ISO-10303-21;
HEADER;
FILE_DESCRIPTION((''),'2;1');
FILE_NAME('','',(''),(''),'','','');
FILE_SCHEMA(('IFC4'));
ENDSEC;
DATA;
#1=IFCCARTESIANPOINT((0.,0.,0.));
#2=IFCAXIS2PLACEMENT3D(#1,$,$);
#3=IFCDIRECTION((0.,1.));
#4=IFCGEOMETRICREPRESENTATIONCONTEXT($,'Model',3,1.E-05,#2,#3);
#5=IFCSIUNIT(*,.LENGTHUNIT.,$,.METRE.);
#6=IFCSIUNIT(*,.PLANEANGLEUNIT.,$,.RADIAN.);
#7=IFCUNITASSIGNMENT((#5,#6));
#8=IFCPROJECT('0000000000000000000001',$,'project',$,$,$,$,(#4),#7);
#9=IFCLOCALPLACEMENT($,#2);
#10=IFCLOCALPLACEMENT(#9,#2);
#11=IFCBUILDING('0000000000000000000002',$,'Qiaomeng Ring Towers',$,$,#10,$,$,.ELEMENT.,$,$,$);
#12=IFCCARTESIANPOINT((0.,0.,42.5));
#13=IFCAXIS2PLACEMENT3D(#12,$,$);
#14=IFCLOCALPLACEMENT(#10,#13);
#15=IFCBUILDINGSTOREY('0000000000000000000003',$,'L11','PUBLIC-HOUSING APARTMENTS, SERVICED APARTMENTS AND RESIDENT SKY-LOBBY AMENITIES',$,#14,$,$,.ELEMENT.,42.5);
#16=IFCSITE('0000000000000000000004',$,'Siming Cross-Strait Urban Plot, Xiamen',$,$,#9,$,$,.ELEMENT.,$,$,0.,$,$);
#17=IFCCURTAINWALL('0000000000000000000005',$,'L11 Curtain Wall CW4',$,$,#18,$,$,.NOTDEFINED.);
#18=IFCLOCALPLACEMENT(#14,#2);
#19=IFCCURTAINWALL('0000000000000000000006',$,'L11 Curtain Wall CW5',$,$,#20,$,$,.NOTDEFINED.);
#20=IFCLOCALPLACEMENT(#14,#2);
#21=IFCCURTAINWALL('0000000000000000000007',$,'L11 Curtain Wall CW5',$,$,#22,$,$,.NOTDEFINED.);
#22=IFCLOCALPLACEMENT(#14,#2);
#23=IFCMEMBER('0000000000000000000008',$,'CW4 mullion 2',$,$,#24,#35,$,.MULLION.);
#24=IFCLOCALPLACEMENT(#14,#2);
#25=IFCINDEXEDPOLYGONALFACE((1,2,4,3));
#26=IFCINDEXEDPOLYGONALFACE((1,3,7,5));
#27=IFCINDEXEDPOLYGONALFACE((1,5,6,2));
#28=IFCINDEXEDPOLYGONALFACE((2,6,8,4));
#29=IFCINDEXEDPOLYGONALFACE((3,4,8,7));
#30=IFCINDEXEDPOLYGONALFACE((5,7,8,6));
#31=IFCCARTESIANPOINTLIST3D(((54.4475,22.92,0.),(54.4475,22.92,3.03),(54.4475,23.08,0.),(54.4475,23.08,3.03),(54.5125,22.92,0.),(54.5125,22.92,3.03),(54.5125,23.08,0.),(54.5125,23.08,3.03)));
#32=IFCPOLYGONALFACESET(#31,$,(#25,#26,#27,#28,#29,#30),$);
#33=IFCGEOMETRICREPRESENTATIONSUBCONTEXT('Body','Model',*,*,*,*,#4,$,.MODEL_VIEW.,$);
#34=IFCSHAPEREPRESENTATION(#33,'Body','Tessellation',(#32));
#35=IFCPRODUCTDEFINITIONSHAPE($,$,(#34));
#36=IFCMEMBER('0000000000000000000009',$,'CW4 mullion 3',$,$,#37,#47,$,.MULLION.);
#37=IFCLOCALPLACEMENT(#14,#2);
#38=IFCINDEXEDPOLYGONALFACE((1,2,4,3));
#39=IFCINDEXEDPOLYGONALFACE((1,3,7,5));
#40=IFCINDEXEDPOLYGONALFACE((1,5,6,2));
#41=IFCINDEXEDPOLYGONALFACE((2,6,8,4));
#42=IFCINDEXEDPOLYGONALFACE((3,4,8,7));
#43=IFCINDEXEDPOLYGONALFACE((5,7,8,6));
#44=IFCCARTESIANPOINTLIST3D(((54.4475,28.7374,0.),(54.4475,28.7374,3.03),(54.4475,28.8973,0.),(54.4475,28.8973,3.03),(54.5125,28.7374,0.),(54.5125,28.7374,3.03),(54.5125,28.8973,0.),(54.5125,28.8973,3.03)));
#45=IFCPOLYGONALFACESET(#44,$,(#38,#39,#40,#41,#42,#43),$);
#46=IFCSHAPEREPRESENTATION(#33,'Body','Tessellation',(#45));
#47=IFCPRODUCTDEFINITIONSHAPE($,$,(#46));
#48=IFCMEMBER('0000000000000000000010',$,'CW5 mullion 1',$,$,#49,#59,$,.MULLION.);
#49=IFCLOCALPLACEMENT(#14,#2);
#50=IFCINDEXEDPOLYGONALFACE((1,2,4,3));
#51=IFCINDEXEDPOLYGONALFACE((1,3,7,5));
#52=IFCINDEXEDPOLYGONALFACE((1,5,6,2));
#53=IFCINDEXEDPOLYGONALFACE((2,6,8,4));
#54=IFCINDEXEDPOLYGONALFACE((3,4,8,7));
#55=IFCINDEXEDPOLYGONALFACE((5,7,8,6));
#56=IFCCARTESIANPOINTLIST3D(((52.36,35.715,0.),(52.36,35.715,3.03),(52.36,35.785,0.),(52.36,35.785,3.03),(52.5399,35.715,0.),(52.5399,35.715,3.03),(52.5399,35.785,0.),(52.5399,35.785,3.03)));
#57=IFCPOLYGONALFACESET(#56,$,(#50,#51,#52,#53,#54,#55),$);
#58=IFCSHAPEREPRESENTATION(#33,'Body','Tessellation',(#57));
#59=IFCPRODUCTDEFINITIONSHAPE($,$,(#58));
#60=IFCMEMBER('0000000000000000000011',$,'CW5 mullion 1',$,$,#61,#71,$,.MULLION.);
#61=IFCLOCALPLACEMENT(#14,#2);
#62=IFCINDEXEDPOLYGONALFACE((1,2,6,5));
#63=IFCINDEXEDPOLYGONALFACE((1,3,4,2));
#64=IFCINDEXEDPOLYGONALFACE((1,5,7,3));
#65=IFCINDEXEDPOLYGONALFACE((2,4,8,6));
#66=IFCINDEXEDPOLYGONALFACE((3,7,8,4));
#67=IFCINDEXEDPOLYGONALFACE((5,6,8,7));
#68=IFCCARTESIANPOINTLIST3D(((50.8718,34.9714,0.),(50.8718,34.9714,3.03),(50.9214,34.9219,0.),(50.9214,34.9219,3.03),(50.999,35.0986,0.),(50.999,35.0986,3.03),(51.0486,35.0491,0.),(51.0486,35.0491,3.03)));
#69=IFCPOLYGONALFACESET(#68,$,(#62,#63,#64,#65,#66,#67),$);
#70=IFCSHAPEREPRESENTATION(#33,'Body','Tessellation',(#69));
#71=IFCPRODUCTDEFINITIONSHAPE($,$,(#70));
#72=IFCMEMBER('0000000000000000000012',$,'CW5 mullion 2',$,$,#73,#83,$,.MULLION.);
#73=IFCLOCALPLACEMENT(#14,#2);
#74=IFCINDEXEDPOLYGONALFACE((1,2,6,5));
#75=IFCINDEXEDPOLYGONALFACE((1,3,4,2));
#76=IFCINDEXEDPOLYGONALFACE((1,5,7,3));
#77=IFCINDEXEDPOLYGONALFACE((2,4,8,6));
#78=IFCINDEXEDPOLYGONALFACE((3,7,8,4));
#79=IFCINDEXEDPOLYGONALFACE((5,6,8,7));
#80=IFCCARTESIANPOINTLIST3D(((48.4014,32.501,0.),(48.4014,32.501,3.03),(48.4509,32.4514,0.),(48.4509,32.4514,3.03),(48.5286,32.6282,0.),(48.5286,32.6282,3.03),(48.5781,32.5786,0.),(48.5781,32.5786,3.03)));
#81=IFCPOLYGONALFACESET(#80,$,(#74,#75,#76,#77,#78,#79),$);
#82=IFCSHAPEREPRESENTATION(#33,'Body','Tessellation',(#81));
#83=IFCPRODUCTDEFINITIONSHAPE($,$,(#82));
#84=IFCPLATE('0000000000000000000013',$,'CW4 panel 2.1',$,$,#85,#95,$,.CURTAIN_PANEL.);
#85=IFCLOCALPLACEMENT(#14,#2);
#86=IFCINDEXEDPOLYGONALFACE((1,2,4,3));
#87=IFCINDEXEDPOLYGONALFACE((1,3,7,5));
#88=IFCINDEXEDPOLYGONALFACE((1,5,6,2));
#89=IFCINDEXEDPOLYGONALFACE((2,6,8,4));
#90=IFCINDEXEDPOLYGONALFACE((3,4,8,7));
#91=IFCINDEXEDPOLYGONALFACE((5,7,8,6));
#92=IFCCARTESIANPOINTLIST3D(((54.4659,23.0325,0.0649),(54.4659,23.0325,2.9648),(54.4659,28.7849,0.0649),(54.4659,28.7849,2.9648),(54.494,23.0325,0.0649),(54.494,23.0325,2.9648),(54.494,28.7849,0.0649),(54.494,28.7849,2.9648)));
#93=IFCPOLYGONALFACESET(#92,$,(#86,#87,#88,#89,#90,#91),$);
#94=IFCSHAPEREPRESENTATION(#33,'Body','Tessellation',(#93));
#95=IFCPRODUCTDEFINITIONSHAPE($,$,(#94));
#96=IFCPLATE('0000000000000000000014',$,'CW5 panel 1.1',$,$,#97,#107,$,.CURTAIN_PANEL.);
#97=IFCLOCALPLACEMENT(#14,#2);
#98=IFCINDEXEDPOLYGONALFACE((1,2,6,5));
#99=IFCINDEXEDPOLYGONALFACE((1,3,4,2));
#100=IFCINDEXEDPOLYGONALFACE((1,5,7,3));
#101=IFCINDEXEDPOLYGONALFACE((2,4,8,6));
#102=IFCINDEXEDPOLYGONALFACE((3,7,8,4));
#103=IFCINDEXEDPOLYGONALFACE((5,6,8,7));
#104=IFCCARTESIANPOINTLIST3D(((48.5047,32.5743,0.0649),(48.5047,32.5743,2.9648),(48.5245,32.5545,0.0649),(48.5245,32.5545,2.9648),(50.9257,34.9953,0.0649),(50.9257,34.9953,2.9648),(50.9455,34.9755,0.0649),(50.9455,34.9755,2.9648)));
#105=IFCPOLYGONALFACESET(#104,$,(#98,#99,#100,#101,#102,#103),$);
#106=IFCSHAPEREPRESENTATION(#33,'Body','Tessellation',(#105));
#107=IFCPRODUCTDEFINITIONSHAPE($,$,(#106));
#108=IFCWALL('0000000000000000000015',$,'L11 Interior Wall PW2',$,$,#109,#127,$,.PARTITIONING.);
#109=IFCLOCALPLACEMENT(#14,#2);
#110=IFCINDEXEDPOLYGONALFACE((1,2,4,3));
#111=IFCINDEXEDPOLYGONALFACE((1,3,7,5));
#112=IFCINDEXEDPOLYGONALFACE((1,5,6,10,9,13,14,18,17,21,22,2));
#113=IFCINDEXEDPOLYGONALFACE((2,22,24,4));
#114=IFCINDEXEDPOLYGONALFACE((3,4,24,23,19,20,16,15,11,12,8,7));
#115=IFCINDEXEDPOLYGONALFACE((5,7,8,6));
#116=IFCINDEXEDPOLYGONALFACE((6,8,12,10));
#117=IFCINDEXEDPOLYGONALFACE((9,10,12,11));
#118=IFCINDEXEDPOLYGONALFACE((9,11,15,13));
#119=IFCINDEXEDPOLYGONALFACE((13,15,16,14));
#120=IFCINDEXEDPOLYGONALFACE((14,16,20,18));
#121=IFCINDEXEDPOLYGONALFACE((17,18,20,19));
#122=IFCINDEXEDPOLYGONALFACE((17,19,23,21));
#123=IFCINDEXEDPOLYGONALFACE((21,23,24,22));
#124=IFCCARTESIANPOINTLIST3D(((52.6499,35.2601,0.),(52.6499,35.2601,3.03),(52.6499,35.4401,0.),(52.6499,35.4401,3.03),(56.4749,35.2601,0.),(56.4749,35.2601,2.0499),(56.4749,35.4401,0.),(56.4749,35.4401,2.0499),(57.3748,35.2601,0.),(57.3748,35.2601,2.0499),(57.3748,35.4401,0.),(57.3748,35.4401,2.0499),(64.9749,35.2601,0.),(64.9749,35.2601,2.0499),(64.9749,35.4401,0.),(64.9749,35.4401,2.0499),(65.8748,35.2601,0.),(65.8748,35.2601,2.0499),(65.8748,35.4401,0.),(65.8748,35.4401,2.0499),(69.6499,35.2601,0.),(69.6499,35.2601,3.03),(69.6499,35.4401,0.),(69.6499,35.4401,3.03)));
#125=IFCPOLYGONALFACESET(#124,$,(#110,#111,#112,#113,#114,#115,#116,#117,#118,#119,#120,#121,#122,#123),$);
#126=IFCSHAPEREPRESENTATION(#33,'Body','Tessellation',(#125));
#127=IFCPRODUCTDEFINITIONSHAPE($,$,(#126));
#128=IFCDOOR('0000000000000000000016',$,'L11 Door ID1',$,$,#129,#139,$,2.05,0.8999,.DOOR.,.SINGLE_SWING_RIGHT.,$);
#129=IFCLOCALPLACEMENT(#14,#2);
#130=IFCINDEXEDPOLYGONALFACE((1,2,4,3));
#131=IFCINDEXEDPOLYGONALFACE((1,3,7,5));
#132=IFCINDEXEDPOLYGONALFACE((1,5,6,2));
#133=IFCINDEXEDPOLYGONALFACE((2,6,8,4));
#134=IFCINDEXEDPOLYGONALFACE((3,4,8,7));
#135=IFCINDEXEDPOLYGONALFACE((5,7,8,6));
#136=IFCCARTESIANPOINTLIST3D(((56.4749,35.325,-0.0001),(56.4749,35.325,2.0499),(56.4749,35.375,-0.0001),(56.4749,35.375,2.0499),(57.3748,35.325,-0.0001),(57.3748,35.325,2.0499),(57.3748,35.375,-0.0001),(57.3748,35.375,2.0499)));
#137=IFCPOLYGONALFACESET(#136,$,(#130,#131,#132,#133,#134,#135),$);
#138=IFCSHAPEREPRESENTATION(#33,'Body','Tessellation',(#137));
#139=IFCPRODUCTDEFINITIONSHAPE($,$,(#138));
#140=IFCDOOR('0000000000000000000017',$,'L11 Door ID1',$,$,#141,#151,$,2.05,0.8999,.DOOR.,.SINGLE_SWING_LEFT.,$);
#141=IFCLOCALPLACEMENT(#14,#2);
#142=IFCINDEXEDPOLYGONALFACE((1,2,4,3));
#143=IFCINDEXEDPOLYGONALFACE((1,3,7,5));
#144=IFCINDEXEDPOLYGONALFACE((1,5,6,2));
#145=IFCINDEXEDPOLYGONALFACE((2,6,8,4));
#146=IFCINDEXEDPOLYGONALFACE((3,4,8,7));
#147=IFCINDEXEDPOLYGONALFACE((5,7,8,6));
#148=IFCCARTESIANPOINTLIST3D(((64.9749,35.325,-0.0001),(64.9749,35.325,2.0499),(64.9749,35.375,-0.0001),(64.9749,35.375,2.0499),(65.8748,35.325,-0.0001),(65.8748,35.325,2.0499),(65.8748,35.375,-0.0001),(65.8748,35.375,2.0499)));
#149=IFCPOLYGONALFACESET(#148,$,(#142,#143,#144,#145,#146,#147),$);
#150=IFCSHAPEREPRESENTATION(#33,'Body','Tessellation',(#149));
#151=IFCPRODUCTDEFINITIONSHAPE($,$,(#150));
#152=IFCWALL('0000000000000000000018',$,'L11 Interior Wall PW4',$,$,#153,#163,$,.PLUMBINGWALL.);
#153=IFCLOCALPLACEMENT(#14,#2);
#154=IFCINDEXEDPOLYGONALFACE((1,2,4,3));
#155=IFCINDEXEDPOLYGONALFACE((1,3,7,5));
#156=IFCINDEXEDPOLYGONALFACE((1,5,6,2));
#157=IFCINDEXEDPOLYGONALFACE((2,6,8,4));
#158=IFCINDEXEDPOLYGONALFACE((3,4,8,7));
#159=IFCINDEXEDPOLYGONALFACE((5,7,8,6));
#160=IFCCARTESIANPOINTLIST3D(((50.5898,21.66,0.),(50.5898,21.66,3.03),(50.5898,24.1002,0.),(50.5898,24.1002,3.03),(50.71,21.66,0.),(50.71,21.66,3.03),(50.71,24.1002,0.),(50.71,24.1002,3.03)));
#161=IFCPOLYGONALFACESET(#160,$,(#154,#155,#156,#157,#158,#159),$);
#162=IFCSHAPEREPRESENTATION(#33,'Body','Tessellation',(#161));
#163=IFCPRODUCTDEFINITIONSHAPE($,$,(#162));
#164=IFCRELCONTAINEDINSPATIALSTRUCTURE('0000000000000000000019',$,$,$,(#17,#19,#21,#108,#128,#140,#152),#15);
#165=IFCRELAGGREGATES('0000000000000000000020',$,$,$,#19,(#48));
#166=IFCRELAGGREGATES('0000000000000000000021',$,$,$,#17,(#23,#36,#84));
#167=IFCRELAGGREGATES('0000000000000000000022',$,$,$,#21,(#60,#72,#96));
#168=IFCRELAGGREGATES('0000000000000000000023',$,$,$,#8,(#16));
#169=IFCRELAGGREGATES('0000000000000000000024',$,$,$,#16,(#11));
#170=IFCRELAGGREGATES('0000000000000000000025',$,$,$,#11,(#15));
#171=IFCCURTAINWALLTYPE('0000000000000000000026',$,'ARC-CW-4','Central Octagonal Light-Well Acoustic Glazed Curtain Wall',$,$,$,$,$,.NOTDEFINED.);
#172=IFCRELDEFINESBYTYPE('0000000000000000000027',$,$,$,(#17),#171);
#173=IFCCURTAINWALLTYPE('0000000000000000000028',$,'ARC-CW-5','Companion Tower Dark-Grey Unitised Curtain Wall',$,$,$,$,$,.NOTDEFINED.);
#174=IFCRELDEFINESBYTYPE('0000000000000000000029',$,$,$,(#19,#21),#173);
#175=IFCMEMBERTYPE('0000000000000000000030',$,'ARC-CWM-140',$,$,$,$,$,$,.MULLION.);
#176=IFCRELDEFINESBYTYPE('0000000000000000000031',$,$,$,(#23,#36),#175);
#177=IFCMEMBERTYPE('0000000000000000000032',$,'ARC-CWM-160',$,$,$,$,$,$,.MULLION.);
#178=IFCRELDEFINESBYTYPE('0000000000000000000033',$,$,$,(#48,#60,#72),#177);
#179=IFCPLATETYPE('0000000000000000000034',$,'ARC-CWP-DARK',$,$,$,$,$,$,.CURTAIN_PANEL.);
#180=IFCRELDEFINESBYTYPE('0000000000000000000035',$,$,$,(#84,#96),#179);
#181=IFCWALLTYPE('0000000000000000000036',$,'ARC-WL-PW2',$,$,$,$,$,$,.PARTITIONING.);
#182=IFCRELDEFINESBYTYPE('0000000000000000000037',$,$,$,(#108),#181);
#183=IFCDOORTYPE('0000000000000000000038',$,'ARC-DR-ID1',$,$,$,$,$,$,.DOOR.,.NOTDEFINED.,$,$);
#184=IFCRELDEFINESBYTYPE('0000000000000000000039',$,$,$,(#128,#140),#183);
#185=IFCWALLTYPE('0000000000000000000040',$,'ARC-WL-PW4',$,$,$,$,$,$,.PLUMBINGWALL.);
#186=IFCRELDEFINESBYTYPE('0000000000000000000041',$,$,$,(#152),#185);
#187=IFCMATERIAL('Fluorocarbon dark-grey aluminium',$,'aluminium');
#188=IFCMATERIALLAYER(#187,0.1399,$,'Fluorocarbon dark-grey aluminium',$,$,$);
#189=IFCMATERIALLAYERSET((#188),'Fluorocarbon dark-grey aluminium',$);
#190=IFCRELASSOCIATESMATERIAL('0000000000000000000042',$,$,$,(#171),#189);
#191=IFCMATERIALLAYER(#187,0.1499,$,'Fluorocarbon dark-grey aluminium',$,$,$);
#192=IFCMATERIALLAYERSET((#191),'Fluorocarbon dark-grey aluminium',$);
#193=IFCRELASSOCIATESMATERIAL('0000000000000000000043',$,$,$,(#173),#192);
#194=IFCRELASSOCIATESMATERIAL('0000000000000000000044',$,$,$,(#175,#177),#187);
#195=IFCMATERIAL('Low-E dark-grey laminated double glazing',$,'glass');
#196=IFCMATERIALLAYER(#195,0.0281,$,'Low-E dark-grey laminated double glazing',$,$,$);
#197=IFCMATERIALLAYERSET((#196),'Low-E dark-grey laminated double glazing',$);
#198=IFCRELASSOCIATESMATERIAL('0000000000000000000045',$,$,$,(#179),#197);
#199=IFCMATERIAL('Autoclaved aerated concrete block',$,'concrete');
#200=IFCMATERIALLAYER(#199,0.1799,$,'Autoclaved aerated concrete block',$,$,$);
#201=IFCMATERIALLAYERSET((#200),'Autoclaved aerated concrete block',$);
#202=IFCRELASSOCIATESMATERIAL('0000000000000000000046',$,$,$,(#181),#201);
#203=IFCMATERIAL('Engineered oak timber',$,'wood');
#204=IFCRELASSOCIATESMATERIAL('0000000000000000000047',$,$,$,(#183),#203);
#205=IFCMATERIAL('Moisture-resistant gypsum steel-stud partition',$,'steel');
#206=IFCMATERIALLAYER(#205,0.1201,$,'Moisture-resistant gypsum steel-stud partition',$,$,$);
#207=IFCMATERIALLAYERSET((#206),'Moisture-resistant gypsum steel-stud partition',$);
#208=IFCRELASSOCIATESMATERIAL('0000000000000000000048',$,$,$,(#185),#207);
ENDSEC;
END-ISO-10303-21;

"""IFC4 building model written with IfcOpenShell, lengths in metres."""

from ifc_helpers import new_model, si_unit, direction, frame, frame_2d, origin, origin_2d, place, context, subcontext, project, spatial, rectangle, extrude, source, transform, mapped, material, layer, layer_set, material_profile, profile_set, type_object, element, fill, aggregate, save


model = new_model("IFC4")

# Units and contexts
model_context = context("Model", 3, precision=1e-05, world=origin(), true_north=direction((0.0, 1.0)))
body_context = subcontext(model_context, "Body", "Model", "MODEL_VIEW")
ifc_project = project(units=[si_unit("LENGTHUNIT", "METRE"), si_unit("PLANEANGLEUNIT", "RADIAN")], contexts=[model_context])

# Site, building, storey
site_placement = place(None, origin())
site = spatial("IfcSite", under=ifc_project, at=site_placement, Name="Siming Cross-Strait Urban Plot, Xiamen", CompositionType="ELEMENT", RefElevation=0.0)
building_placement = place(site_placement, origin())
building = spatial("IfcBuilding", under=site, at=building_placement, Name="Qiaomeng Ring Towers", CompositionType="ELEMENT")
storey_placement = place(building_placement, frame((0.0, 0.0, 42.5)))
storey = spatial("IfcBuildingStorey", under=building, at=storey_placement, Name="L11", Description="PUBLIC-HOUSING APARTMENTS, SERVICED APARTMENTS AND RESIDENT SKY-LOBBY AMENITIES", CompositionType="ELEMENT", Elevation=42.5)

# Curtain walls
ifc_material_1 = material(Name="Fluorocarbon dark-grey aluminium", Category="aluminium")
ifc_layer_1 = layer(ifc_material_1, 0.1399, Name="Fluorocarbon dark-grey aluminium")
ifc_layer_set_1 = layer_set([ifc_layer_1], Name="Fluorocarbon dark-grey aluminium")
curtain_wall_type_1 = type_object("IfcCurtainWallType", Name="ARC-CW-4", Description="Central Octagonal Light-Well Acoustic Glazed Curtain Wall", PredefinedType="NOTDEFINED", material=ifc_layer_set_1)
curtain_wall_1_placement = place(storey_placement, origin())
curtain_wall_1 = element("IfcCurtainWall", 1, at=curtain_wall_1_placement, inside=storey, type_object=curtain_wall_type_1, Name="L11 Curtain Wall CW4", PredefinedType="NOTDEFINED")
ifc_layer_2 = layer(ifc_material_1, 0.1499, Name="Fluorocarbon dark-grey aluminium")
ifc_layer_set_2 = layer_set([ifc_layer_2], Name="Fluorocarbon dark-grey aluminium")
curtain_wall_type_2 = type_object("IfcCurtainWallType", Name="ARC-CW-5", Description="Companion Tower Dark-Grey Unitised Curtain Wall", PredefinedType="NOTDEFINED", material=ifc_layer_set_2)
curtain_wall_2_placement = place(storey_placement, origin())
curtain_wall_2 = element("IfcCurtainWall", 2, at=curtain_wall_2_placement, inside=storey, type_object=curtain_wall_type_2, Name="L11 Curtain Wall CW5", PredefinedType="NOTDEFINED")
curtain_wall_3_placement = place(storey_placement, origin())
curtain_wall_3 = element("IfcCurtainWall", 3, at=curtain_wall_3_placement, inside=storey, type_object=curtain_wall_type_2, Name="L11 Curtain Wall CW5", PredefinedType="NOTDEFINED")

# Members
ifc_material_profile_1 = material_profile(ifc_material_1, rectangle(XDim=0.0649, YDim=0.1599, at=origin_2d()), Name="ALU MULL 65x160")
ifc_profile_set_1 = profile_set([ifc_material_profile_1], Name="Fluorocarbon dark-grey aluminium")
member_type_1 = type_object("IfcMemberType", Name="ARC-CWM-140", PredefinedType="MULLION", material=ifc_profile_set_1)
shared_shape_1 = source(origin(), body_context, "Body", "SweptSolid", [
    extrude(rectangle(XDim=0.0649, YDim=0.1599, at=origin_2d()), origin(), (0.0, 0.0, 1.0), 3.03),
])
member_1_placement = place(storey_placement, frame((54.48, 23.0, 0.0), z_axis=(0.0, 0.0, 1.0), x_axis=(-1.0, 0.0, 0.0)))
member_1 = element("IfcMember", 4, at=member_1_placement, type_object=member_type_1, Name="CW4 mullion 2", PredefinedType="MULLION", context=body_context, shape_type="MappedRepresentation", body=[
    mapped(shared_shape_1, transform((0.0, 0.0, 0.0), x_axis=(1.0, 0.0, 0.0), y_axis=(0.0, 1.0, 0.0), z_axis=(0.0, 0.0, 1.0), scale=1.0)),
])
member_2_placement = place(storey_placement, frame((54.48, 28.8174, 0.0), z_axis=(0.0, 0.0, 1.0), x_axis=(-1.0, 0.0, 0.0)))
member_2 = element("IfcMember", 5, at=member_2_placement, type_object=member_type_1, Name="CW4 mullion 3", PredefinedType="MULLION", context=body_context, shape_type="MappedRepresentation", body=[
    mapped(shared_shape_1, transform((0.0, 0.0, 0.0), x_axis=(1.0, 0.0, 0.0), y_axis=(0.0, 1.0, 0.0), z_axis=(0.0, 0.0, 1.0), scale=1.0)),
])
ifc_material_profile_2 = material_profile(ifc_material_1, rectangle(XDim=0.0701, YDim=0.1799, at=origin_2d()), Name="ALU MULL 70x180")
ifc_profile_set_2 = profile_set([ifc_material_profile_2], Name="Fluorocarbon dark-grey aluminium")
member_type_2 = type_object("IfcMemberType", Name="ARC-CWM-160", PredefinedType="MULLION", material=ifc_profile_set_2)
shared_shape_2 = source(origin(), body_context, "Body", "SweptSolid", [
    extrude(rectangle(XDim=0.0701, YDim=0.1799, at=origin_2d()), origin(), (0.0, 0.0, 1.0), 3.03),
])
member_3_placement = place(storey_placement, frame((52.45, 35.75, 0.0), z_axis=(0.0, 0.0, 1.0), x_axis=(0.0, 1.0, 0.0)))
member_3 = element("IfcMember", 6, at=member_3_placement, type_object=member_type_2, Name="CW5 mullion 1", PredefinedType="MULLION", context=body_context, shape_type="MappedRepresentation", body=[
    mapped(shared_shape_2, transform((0.0, 0.0, 0.0), x_axis=(1.0, 0.0, 0.0), y_axis=(0.0, 1.0, 0.0), z_axis=(0.0, 0.0, 1.0), scale=1.0)),
])
aggregate(curtain_wall_2, [member_3])
member_4_placement = place(storey_placement, frame((50.9602, 35.0103, 0.0), z_axis=(0.0, 0.0, 1.0), x_axis=(0.707107, -0.707107, 0.0)))
member_4 = element("IfcMember", 7, at=member_4_placement, type_object=member_type_2, Name="CW5 mullion 1", PredefinedType="MULLION", context=body_context, shape_type="MappedRepresentation", body=[
    mapped(shared_shape_2, transform((0.0, 0.0, 0.0), x_axis=(1.0, 0.0, 0.0), y_axis=(0.0, 1.0, 0.0), z_axis=(0.0, 0.0, 1.0), scale=1.0)),
])
member_5_placement = place(storey_placement, frame((48.4897, 32.5398, 0.0), z_axis=(0.0, 0.0, 1.0), x_axis=(0.707107, -0.707107, 0.0)))
member_5 = element("IfcMember", 8, at=member_5_placement, type_object=member_type_2, Name="CW5 mullion 2", PredefinedType="MULLION", context=body_context, shape_type="MappedRepresentation", body=[
    mapped(shared_shape_2, transform((0.0, 0.0, 0.0), x_axis=(1.0, 0.0, 0.0), y_axis=(0.0, 1.0, 0.0), z_axis=(0.0, 0.0, 1.0), scale=1.0)),
])

# Plates
ifc_material_2 = material(Name="Low-E dark-grey laminated double glazing", Category="glass")
ifc_layer_3 = layer(ifc_material_2, 0.0281, Name="Low-E dark-grey laminated double glazing")
ifc_layer_set_3 = layer_set([ifc_layer_3], Name="Low-E dark-grey laminated double glazing")
plate_type = type_object("IfcPlateType", Name="ARC-CWP-DARK", PredefinedType="CURTAIN_PANEL", material=ifc_layer_set_3)
shared_shape_3 = source(origin(), body_context, "Body", "SweptSolid", [
    extrude(rectangle(XDim=5.7524, YDim=0.0281, at=origin_2d()), origin(), (0.0, 0.0, 1.0), 2.8999),
])
plate_1_placement = place(storey_placement, frame((54.48, 25.9087, 0.0649), z_axis=(0.0, 0.0, 1.0), x_axis=(0.0, 1.0, 0.0)))
plate_1 = element("IfcPlate", 9, at=plate_1_placement, type_object=plate_type, Name="CW4 panel 2.1", PredefinedType="CURTAIN_PANEL", context=body_context, shape_type="MappedRepresentation", body=[
    mapped(shared_shape_3, transform((0.0, 0.0, 0.0), x_axis=(1.0, 0.0, 0.0), y_axis=(0.0, 1.0, 0.0), z_axis=(0.0, 0.0, 1.0), scale=1.0)),
])
aggregate(curtain_wall_1, [member_1, member_2, plate_1])
shared_shape_4 = source(origin(), body_context, "Body", "SweptSolid", [
    extrude(rectangle(XDim=3.4238, YDim=0.0281, at=origin_2d()), origin(), (0.0, 0.0, 1.0), 2.8999),
])
plate_2_placement = place(storey_placement, frame((49.7251, 33.7749, 0.0649), z_axis=(0.0, 0.0, 1.0), x_axis=(-0.707107, -0.707107, 0.0)))
plate_2 = element("IfcPlate", 10, at=plate_2_placement, type_object=plate_type, Name="CW5 panel 1.1", PredefinedType="CURTAIN_PANEL", context=body_context, shape_type="MappedRepresentation", body=[
    mapped(shared_shape_4, transform((0.0, 0.0, 0.0), x_axis=(1.0, 0.0, 0.0), y_axis=(0.0, 1.0, 0.0), z_axis=(0.0, 0.0, 1.0), scale=1.0)),
])
aggregate(curtain_wall_3, [member_4, member_5, plate_2])

# Wall, openings, doors
ifc_material_3 = material(Name="Autoclaved aerated concrete block", Category="concrete")
ifc_layer_4 = layer(ifc_material_3, 0.1799, Name="Autoclaved aerated concrete block")
ifc_layer_set_4 = layer_set([ifc_layer_4], Name="Autoclaved aerated concrete block")
wall_type_1 = type_object("IfcWallType", Name="ARC-WL-PW2", PredefinedType="PARTITIONING", material=ifc_layer_set_4)
wall_1_placement = place(storey_placement, frame((52.6499, 35.3501, 0.0), z_axis=(0.0, 0.0, 1.0), x_axis=(1.0, 0.0, 0.0)))
wall_1 = element("IfcWall", 11, at=wall_1_placement, inside=storey, type_object=wall_type_1, Name="L11 Interior Wall PW2", PredefinedType="PARTITIONING", context=body_context, shape_type="SweptSolid", body=[
    extrude(rectangle(XDim=17.0, YDim=0.1799, at=frame_2d((8.5, 0.0))), origin(), (0.0, 0.0, 1.0), 3.03),
])
opening_1_placement = place(wall_1_placement, frame((3.825, 0.0, 0.0)))
opening_1 = element("IfcOpeningElement", 12, at=opening_1_placement, cuts=wall_1, PredefinedType="OPENING", context=body_context, shape_type="SweptSolid", body=[
    extrude(rectangle(XDim=0.8999, YDim=2.05, at=frame_2d((0.45, 1.0249))), frame((0.0, 0.0999, 0.0), z_axis=(0.0, -1.0, 0.0), x_axis=(1.0, 0.0, 0.0)), (0.0, 0.0, 1.0), 0.2),
])
opening_2_placement = place(wall_1_placement, frame((12.325, 0.0, 0.0)))
opening_2 = element("IfcOpeningElement", 13, at=opening_2_placement, cuts=wall_1, PredefinedType="OPENING", context=body_context, shape_type="SweptSolid", body=[
    extrude(rectangle(XDim=0.8999, YDim=2.05, at=frame_2d((0.45, 1.0249))), frame((0.0, 0.0999, 0.0), z_axis=(0.0, -1.0, 0.0), x_axis=(1.0, 0.0, 0.0)), (0.0, 0.0, 1.0), 0.2),
])
ifc_material_4 = material(Name="Engineered oak timber", Category="wood")
door_type_1 = type_object("IfcDoorType", Name="ARC-DR-ID1", OperationType="NOTDEFINED", PredefinedType="DOOR", material=ifc_material_4)
shared_shape_5 = source(origin(), body_context, "Body", "SweptSolid", [
    extrude(rectangle(XDim=0.8999, YDim=2.05, at=frame_2d((0.45, 1.0249))), frame((0.0, 0.0249, 0.0), z_axis=(0.0, -1.0, 0.0), x_axis=(1.0, 0.0, 0.0)), (0.0, 0.0, 1.0), 0.05),
])
door_1_placement = place(opening_1_placement, origin())
door_1 = element("IfcDoor", 14, at=door_1_placement, inside=storey, type_object=door_type_1, Name="L11 Door ID1", OperationType="SINGLE_SWING_RIGHT", OverallHeight=2.05, OverallWidth=0.8999, PredefinedType="DOOR", context=body_context, shape_type="MappedRepresentation", body=[
    mapped(shared_shape_5, transform((0.0, 0.0, 0.0), x_axis=(1.0, 0.0, 0.0), y_axis=(0.0, 1.0, 0.0), z_axis=(0.0, 0.0, 1.0), scale=1.0)),
])
fill(opening_1, door_1)
door_2_placement = place(opening_2_placement, origin())
door_2 = element("IfcDoor", 15, at=door_2_placement, inside=storey, type_object=door_type_1, Name="L11 Door ID1", OperationType="SINGLE_SWING_LEFT", OverallHeight=2.05, OverallWidth=0.8999, PredefinedType="DOOR", context=body_context, shape_type="MappedRepresentation", body=[
    mapped(shared_shape_5, transform((0.0, 0.0, 0.0), x_axis=(1.0, 0.0, 0.0), y_axis=(0.0, 1.0, 0.0), z_axis=(0.0, 0.0, 1.0), scale=1.0)),
])
fill(opening_2, door_2)

# Wall
ifc_material_5 = material(Name="Moisture-resistant gypsum steel-stud partition", Category="steel")
ifc_layer_5 = layer(ifc_material_5, 0.1201, Name="Moisture-resistant gypsum steel-stud partition")
ifc_layer_set_5 = layer_set([ifc_layer_5], Name="Moisture-resistant gypsum steel-stud partition")
wall_type_2 = type_object("IfcWallType", Name="ARC-WL-PW4", PredefinedType="PLUMBINGWALL", material=ifc_layer_set_5)
wall_2_placement = place(storey_placement, frame((50.6499, 21.6599, 0.0), z_axis=(0.0, 0.0, 1.0), x_axis=(0.0, 1.0, 0.0)))
element("IfcWall", 16, at=wall_2_placement, inside=storey, type_object=wall_type_2, Name="L11 Interior Wall PW4", PredefinedType="PLUMBINGWALL", context=body_context, shape_type="SweptSolid", body=[
    extrude(rectangle(XDim=2.4402, YDim=0.1201, at=frame_2d((1.2202, 0.0))), origin(), (0.0, 0.0, 1.0), 3.03),
])

save(model, "model.ifc")
